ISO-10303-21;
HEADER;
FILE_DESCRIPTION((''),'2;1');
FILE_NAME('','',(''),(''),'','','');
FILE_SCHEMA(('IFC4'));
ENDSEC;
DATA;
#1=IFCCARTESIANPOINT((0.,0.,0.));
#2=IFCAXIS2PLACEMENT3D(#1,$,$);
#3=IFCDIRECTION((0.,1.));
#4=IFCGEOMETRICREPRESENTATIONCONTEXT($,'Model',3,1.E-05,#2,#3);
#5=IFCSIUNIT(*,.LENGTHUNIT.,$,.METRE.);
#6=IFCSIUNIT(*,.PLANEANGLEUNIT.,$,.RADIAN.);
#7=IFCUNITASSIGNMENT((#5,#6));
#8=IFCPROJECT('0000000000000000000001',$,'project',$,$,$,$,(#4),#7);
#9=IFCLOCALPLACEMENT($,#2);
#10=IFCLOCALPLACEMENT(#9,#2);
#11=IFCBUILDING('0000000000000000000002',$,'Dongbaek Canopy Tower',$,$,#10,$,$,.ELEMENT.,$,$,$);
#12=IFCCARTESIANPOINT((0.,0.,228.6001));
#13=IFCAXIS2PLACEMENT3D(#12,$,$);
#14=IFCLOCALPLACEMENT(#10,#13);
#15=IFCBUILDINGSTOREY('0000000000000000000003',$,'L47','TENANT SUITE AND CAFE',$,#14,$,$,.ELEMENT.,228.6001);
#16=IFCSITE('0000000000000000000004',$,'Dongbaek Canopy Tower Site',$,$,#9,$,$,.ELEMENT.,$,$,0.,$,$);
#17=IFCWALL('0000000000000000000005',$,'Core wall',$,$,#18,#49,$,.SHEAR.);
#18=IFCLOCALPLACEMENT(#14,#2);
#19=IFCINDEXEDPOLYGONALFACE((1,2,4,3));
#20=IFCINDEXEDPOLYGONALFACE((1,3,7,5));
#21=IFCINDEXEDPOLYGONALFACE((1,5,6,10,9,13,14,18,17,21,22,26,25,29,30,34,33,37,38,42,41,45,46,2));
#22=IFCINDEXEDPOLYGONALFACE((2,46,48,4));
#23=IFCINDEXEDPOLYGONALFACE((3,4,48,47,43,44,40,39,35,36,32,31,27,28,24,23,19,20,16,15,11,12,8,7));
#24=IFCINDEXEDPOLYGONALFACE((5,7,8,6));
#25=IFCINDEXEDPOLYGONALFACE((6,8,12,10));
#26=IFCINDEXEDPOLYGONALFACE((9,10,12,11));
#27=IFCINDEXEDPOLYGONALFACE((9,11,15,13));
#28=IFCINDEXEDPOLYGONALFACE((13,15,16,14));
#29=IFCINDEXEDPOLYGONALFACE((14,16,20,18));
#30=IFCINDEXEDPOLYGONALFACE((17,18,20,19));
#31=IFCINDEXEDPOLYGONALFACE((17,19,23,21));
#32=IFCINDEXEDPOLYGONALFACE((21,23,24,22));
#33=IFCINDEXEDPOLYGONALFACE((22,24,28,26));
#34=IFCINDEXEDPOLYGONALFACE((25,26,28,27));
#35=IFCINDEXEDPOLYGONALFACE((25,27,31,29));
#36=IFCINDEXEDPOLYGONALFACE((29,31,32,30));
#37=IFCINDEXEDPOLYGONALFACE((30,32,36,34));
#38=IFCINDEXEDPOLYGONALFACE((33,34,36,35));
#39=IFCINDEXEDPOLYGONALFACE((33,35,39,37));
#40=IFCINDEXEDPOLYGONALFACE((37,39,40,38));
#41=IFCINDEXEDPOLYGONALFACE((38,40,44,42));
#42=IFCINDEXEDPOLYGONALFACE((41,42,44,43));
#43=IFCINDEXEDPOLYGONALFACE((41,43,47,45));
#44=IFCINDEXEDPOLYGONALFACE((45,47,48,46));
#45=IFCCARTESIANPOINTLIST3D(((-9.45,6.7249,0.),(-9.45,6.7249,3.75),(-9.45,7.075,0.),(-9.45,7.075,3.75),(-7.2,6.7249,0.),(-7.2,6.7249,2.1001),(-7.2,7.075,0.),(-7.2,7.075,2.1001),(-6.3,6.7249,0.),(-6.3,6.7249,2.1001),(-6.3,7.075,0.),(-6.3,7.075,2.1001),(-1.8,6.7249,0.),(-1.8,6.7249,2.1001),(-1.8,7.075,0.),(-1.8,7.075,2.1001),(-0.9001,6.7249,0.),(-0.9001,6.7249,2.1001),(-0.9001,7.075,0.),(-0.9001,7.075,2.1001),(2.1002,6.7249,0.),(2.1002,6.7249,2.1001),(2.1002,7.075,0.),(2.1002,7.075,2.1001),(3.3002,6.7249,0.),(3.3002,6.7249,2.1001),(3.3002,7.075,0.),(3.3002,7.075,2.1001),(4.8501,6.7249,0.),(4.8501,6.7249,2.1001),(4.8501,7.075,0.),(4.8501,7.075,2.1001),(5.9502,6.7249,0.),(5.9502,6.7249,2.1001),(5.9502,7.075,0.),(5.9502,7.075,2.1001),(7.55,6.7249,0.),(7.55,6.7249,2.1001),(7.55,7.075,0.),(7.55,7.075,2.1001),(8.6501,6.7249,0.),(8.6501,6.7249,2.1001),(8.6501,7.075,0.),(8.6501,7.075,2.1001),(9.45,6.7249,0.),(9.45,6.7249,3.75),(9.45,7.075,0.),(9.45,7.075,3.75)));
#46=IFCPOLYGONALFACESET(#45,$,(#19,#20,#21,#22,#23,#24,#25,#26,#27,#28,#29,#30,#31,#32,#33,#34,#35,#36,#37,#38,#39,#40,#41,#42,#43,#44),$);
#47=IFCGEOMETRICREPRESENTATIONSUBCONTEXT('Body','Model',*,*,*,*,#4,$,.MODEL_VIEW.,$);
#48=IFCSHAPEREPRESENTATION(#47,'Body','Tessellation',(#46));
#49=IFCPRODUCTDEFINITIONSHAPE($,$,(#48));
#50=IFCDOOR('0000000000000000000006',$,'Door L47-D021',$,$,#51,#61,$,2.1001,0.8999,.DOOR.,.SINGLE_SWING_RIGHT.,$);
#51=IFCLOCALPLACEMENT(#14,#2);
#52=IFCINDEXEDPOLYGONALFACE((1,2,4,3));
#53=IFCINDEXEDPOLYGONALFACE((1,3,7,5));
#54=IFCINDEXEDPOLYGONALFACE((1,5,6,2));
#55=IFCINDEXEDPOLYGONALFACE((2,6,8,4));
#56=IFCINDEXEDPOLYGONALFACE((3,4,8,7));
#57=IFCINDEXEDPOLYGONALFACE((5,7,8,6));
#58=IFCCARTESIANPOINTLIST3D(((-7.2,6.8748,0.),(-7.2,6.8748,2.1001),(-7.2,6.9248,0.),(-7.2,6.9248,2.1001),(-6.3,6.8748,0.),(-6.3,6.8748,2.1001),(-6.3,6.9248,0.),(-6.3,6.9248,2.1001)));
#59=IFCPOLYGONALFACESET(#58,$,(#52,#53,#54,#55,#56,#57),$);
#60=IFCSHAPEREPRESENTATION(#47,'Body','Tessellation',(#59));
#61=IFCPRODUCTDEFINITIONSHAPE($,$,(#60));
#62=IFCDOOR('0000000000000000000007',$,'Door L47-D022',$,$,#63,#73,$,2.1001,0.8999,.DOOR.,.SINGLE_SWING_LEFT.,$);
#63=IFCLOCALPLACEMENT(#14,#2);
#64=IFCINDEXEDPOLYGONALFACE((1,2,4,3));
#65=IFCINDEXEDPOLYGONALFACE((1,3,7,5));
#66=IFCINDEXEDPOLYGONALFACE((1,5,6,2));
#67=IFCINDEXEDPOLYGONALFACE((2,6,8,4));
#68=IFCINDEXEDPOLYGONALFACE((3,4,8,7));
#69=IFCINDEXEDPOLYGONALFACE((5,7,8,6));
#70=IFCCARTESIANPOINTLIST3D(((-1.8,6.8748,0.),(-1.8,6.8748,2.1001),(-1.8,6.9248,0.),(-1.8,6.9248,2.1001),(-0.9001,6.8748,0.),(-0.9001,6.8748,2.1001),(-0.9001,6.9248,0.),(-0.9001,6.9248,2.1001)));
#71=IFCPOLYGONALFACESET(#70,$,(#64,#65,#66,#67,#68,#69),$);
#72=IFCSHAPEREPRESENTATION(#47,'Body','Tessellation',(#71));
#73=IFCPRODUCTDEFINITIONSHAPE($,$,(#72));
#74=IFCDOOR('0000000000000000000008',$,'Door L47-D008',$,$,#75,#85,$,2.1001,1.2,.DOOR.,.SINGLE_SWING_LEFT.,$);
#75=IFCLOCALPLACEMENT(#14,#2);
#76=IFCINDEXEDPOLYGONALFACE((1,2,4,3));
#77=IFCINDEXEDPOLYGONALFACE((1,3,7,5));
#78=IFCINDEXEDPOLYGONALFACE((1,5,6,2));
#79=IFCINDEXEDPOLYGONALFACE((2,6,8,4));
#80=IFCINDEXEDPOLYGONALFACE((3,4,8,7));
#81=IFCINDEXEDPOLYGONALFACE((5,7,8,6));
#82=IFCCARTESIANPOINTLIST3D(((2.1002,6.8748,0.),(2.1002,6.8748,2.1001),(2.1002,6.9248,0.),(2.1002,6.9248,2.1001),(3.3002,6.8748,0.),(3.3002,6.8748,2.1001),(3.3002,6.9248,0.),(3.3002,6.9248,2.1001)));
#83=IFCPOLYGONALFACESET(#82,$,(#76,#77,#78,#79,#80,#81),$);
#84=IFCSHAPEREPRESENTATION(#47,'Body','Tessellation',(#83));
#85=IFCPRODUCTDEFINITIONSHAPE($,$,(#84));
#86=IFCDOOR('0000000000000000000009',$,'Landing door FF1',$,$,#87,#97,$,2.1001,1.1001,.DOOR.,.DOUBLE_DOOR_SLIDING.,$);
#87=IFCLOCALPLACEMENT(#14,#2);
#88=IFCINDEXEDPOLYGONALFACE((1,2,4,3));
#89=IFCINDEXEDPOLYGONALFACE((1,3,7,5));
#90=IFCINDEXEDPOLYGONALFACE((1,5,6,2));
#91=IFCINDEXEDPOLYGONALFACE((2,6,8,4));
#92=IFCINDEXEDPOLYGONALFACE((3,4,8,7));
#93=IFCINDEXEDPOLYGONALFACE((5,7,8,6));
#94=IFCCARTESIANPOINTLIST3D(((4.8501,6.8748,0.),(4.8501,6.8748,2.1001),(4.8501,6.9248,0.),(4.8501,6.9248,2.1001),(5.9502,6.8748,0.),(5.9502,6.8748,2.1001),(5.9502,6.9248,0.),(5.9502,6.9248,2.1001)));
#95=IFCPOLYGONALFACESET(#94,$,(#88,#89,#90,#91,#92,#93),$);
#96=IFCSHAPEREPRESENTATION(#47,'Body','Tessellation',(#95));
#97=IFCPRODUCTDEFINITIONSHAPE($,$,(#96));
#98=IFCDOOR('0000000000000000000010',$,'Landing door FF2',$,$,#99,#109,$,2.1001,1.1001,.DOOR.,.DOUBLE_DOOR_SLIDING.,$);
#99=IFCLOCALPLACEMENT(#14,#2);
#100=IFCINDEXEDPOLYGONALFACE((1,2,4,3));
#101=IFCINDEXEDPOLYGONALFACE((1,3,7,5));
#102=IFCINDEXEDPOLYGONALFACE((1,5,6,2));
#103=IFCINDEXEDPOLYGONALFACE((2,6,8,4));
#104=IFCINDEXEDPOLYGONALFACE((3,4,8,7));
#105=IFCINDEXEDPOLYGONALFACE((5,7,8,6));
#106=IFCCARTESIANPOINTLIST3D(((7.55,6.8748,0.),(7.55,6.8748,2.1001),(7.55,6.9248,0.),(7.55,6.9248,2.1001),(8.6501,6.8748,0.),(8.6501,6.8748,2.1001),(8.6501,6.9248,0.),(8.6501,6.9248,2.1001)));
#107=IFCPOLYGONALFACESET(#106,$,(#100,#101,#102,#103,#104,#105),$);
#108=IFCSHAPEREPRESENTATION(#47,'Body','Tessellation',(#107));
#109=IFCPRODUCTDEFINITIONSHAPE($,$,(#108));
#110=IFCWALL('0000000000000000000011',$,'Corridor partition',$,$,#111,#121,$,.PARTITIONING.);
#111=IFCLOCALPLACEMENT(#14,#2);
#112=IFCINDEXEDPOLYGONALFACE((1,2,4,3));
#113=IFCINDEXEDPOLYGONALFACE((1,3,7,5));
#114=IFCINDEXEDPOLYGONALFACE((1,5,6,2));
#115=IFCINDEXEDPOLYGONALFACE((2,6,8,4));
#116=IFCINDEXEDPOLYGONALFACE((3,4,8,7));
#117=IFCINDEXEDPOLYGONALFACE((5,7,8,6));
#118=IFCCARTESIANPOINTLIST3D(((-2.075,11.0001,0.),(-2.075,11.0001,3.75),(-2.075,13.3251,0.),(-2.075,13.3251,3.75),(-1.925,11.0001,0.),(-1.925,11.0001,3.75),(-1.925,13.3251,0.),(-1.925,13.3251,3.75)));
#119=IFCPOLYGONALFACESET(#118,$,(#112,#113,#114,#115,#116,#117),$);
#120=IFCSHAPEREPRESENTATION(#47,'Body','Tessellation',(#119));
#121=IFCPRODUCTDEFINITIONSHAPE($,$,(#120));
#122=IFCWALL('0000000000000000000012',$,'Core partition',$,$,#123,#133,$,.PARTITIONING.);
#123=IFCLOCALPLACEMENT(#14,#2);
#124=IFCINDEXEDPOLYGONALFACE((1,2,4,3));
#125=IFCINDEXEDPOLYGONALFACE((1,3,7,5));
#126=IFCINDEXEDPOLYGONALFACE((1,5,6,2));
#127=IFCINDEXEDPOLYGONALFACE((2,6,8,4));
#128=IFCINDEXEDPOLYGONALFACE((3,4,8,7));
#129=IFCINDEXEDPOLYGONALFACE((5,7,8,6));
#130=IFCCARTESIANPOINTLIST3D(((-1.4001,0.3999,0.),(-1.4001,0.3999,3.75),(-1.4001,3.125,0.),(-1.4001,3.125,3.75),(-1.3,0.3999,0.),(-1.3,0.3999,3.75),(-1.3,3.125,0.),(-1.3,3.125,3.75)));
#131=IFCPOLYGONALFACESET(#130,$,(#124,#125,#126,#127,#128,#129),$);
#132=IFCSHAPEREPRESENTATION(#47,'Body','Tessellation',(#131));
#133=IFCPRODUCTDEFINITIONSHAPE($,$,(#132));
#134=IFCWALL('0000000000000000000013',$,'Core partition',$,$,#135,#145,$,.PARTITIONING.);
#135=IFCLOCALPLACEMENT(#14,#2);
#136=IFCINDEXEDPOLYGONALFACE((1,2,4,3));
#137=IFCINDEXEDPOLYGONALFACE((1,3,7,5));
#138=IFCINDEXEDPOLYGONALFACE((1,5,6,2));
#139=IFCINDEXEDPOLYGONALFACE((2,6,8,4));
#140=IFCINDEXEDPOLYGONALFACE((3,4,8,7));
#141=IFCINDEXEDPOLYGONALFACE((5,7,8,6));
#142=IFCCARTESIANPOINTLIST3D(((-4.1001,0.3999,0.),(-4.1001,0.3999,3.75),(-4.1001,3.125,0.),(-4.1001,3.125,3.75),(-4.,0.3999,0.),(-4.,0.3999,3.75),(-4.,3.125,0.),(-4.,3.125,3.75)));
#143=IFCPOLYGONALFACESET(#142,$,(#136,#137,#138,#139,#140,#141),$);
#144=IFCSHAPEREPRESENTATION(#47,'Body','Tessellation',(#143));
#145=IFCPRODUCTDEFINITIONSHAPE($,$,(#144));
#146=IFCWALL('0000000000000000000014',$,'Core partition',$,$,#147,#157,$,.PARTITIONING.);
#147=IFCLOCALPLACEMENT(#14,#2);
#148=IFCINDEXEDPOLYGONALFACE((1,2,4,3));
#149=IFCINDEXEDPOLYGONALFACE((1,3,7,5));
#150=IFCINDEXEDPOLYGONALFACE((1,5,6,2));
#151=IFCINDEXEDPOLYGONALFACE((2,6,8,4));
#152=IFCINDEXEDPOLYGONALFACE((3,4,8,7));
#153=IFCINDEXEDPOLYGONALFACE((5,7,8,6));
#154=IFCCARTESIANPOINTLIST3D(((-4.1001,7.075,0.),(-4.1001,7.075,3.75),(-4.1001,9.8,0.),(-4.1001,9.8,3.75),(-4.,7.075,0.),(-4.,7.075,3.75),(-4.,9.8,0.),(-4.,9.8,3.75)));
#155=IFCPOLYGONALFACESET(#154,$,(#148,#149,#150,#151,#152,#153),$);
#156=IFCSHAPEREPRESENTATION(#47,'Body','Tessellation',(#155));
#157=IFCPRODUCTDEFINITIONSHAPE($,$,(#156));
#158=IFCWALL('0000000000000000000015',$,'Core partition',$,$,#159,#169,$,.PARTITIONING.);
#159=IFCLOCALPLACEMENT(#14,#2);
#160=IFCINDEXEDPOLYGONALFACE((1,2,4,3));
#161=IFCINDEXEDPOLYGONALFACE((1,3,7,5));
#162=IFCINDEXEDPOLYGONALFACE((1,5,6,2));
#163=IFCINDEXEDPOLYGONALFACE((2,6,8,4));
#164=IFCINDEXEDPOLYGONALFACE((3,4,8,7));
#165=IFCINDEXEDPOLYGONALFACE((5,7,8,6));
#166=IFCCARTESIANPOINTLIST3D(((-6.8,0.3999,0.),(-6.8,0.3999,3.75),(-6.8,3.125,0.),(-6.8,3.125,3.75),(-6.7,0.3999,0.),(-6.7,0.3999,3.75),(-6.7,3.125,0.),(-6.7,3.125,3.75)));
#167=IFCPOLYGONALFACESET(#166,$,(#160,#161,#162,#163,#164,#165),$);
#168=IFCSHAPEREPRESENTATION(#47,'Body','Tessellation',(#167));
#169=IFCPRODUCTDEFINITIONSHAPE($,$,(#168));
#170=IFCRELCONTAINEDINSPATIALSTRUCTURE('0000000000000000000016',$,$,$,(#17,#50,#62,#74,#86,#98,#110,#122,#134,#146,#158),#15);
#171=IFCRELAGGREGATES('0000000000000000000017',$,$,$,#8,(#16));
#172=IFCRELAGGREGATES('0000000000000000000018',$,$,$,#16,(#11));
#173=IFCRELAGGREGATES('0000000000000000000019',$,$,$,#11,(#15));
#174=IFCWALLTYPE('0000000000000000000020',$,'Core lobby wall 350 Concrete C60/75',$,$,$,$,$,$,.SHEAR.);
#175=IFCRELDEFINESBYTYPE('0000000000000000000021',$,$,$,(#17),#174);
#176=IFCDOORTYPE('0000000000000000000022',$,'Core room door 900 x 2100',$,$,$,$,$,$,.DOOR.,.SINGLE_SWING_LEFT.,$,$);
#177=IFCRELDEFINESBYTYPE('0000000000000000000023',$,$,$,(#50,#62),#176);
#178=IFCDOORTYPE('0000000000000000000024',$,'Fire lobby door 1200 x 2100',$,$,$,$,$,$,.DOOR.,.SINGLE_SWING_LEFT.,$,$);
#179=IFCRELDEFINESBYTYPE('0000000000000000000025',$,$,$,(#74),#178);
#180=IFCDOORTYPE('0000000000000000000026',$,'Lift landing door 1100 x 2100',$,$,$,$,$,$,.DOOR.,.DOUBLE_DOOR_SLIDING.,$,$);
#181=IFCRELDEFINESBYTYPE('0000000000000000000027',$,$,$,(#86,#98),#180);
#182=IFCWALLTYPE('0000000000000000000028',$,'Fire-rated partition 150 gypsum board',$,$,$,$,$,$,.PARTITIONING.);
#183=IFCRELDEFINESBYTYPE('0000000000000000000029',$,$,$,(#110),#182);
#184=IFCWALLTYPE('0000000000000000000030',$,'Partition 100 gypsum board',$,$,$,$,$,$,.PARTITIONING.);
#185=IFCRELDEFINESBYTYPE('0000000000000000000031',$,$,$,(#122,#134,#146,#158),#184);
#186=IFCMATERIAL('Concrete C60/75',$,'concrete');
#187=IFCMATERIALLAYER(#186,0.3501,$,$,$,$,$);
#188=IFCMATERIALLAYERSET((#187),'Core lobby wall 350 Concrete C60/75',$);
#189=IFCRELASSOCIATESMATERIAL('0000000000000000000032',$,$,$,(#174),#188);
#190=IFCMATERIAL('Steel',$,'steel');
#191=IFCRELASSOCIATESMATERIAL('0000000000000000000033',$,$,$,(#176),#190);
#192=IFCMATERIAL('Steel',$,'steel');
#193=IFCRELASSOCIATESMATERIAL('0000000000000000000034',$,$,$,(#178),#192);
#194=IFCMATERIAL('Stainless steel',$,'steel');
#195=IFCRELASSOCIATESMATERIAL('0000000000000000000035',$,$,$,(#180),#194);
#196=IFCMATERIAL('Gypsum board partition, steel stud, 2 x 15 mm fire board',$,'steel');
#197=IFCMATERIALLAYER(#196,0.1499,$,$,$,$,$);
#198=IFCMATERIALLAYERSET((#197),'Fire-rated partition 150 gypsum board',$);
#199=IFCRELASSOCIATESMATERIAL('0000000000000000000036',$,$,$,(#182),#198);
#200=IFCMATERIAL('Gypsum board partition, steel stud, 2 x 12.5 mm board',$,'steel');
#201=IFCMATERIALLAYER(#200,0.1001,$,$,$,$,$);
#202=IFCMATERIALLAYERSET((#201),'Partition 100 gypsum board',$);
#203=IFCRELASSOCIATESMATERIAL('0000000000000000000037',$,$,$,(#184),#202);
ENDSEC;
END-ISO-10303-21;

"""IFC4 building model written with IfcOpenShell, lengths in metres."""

from ifc_helpers import new_model, si_unit, direction, frame, frame_2d, origin, place, context, subcontext, project, spatial, rectangle, extrude, material, layer, layer_set, type_object, element, fill, save


model = new_model("IFC4")

# Units and contexts
model_context = context("Model", 3, precision=1e-05, world=origin(), true_north=direction((0.0, 1.0)))
body_context = subcontext(model_context, "Body", "Model", "MODEL_VIEW")
ifc_project = project(units=[si_unit("LENGTHUNIT", "METRE"), si_unit("PLANEANGLEUNIT", "RADIAN")], contexts=[model_context])

# Site, building, storey
site_placement = place(None, origin())
site = spatial("IfcSite", under=ifc_project, at=site_placement, Name="Dongbaek Canopy Tower Site", CompositionType="ELEMENT", RefElevation=0.0)
building_placement = place(site_placement, origin())
building = spatial("IfcBuilding", under=site, at=building_placement, Name="Dongbaek Canopy Tower", CompositionType="ELEMENT")
storey_placement = place(building_placement, frame((0.0, 0.0, 228.6001)))
storey = spatial("IfcBuildingStorey", under=building, at=storey_placement, Name="L47", Description="TENANT SUITE AND CAFE", CompositionType="ELEMENT", Elevation=228.6001)

# Wall, openings, doors
ifc_material_1 = material(Name="Concrete C60/75", Category="concrete")
ifc_layer_1 = layer(ifc_material_1, 0.3501)
ifc_layer_set_1 = layer_set([ifc_layer_1], Name="Core lobby wall 350 Concrete C60/75")
wall_type_1 = type_object("IfcWallType", Name="Core lobby wall 350 Concrete C60/75", PredefinedType="SHEAR", material=ifc_layer_set_1)
wall_1_placement = place(storey_placement, frame((-9.45, 6.8999, 0.0), z_axis=(0.0, 0.0, 1.0), x_axis=(1.0, 0.0, 0.0)))
wall_1 = element("IfcWall", 1, at=wall_1_placement, inside=storey, type_object=wall_type_1, Name="Core wall", PredefinedType="SHEAR", context=body_context, shape_type="SweptSolid", body=[
    extrude(rectangle(XDim=18.8999, YDim=0.3501, at=frame_2d((9.45, 0.0))), origin(), (0.0, 0.0, 1.0), 3.75),
])
opening_1_placement = place(wall_1_placement, frame((11.55, 0.0, 0.0)))
opening_1 = element("IfcOpeningElement", 2, at=opening_1_placement, cuts=wall_1, PredefinedType="OPENING", context=body_context, shape_type="SweptSolid", body=[
    extrude(rectangle(XDim=1.2, YDim=2.1001, at=frame_2d((0.6001, 1.05))), frame((0.0, 0.1851, 0.0), z_axis=(0.0, -1.0, 0.0), x_axis=(1.0, 0.0, 0.0)), (0.0, 0.0, 1.0), 0.3701),
])
opening_2_placement = place(wall_1_placement, frame((14.3, 0.0, 0.0)))
opening_2 = element("IfcOpeningElement", 3, at=opening_2_placement, cuts=wall_1, PredefinedType="OPENING", context=body_context, shape_type="SweptSolid", body=[
    extrude(rectangle(XDim=1.1001, YDim=2.1001, at=frame_2d((0.55, 1.05))), frame((0.0, 0.1851, 0.0), z_axis=(0.0, -1.0, 0.0), x_axis=(1.0, 0.0, 0.0)), (0.0, 0.0, 1.0), 0.3701),
])
opening_3_placement = place(wall_1_placement, frame((17.0, 0.0, 0.0)))
opening_3 = element("IfcOpeningElement", 4, at=opening_3_placement, cuts=wall_1, PredefinedType="OPENING", context=body_context, shape_type="SweptSolid", body=[
    extrude(rectangle(XDim=1.1001, YDim=2.1001, at=frame_2d((0.55, 1.05))), frame((0.0, 0.1851, 0.0), z_axis=(0.0, -1.0, 0.0), x_axis=(1.0, 0.0, 0.0)), (0.0, 0.0, 1.0), 0.3701),
])
opening_4_placement = place(wall_1_placement, frame((2.25, 0.0, 0.0)))
opening_4 = element("IfcOpeningElement", 5, at=opening_4_placement, cuts=wall_1, PredefinedType="OPENING", context=body_context, shape_type="SweptSolid", body=[
    extrude(rectangle(XDim=0.8999, YDim=2.1001, at=frame_2d((0.45, 1.05))), frame((0.0, 0.1851, 0.0), z_axis=(0.0, -1.0, 0.0), x_axis=(1.0, 0.0, 0.0)), (0.0, 0.0, 1.0), 0.3701),
])
opening_5_placement = place(wall_1_placement, frame((7.6499, 0.0, 0.0)))
opening_5 = element("IfcOpeningElement", 6, at=opening_5_placement, cuts=wall_1, PredefinedType="OPENING", context=body_context, shape_type="SweptSolid", body=[
    extrude(rectangle(XDim=0.8999, YDim=2.1001, at=frame_2d((0.45, 1.05))), frame((0.0, 0.1851, 0.0), z_axis=(0.0, -1.0, 0.0), x_axis=(1.0, 0.0, 0.0)), (0.0, 0.0, 1.0), 0.3701),
])
ifc_material_2 = material(Name="Steel", Category="steel")
door_type_1 = type_object("IfcDoorType", Name="Core room door 900 x 2100", OperationType="SINGLE_SWING_LEFT", PredefinedType="DOOR", material=ifc_material_2)
door_1_placement = place(opening_4_placement, origin())
door_1 = element("IfcDoor", 7, at=door_1_placement, inside=storey, type_object=door_type_1, Name="Door L47-D021", OperationType="SINGLE_SWING_RIGHT", OverallHeight=2.1001, OverallWidth=0.8999, PredefinedType="DOOR", context=body_context, shape_type="SweptSolid", body=[
    extrude(rectangle(XDim=0.8999, YDim=2.1001, at=frame_2d((0.45, 1.05))), frame((0.0, 0.0249, 0.0), z_axis=(0.0, -1.0, 0.0), x_axis=(1.0, 0.0, 0.0)), (0.0, 0.0, 1.0), 0.05),
])
fill(opening_4, door_1)
door_2_placement = place(opening_5_placement, origin())
door_2 = element("IfcDoor", 8, at=door_2_placement, inside=storey, type_object=door_type_1, Name="Door L47-D022", OperationType="SINGLE_SWING_LEFT", OverallHeight=2.1001, OverallWidth=0.8999, PredefinedType="DOOR", context=body_context, shape_type="SweptSolid", body=[
    extrude(rectangle(XDim=0.8999, YDim=2.1001, at=frame_2d((0.45, 1.05))), frame((0.0, 0.0249, 0.0), z_axis=(0.0, -1.0, 0.0), x_axis=(1.0, 0.0, 0.0)), (0.0, 0.0, 1.0), 0.05),
])
fill(opening_5, door_2)
ifc_material_3 = material(Name="Steel", Category="steel")
door_type_2 = type_object("IfcDoorType", Name="Fire lobby door 1200 x 2100", OperationType="SINGLE_SWING_LEFT", PredefinedType="DOOR", material=ifc_material_3)
door_3_placement = place(opening_1_placement, origin())
door_3 = element("IfcDoor", 9, at=door_3_placement, inside=storey, type_object=door_type_2, Name="Door L47-D008", OperationType="SINGLE_SWING_LEFT", OverallHeight=2.1001, OverallWidth=1.2, PredefinedType="DOOR", context=body_context, shape_type="SweptSolid", body=[
    extrude(rectangle(XDim=1.2, YDim=2.1001, at=frame_2d((0.6001, 1.05))), frame((0.0, 0.0249, 0.0), z_axis=(0.0, -1.0, 0.0), x_axis=(1.0, 0.0, 0.0)), (0.0, 0.0, 1.0), 0.05),
])
fill(opening_1, door_3)
ifc_material_4 = material(Name="Stainless steel", Category="steel")
door_type_3 = type_object("IfcDoorType", Name="Lift landing door 1100 x 2100", OperationType="DOUBLE_DOOR_SLIDING", PredefinedType="DOOR", material=ifc_material_4)
door_4_placement = place(opening_2_placement, origin())
door_4 = element("IfcDoor", 10, at=door_4_placement, inside=storey, type_object=door_type_3, Name="Landing door FF1", OperationType="DOUBLE_DOOR_SLIDING", OverallHeight=2.1001, OverallWidth=1.1001, PredefinedType="DOOR", context=body_context, shape_type="SweptSolid", body=[
    extrude(rectangle(XDim=1.1001, YDim=2.1001, at=frame_2d((0.55, 1.05))), frame((0.0, 0.0249, 0.0), z_axis=(0.0, -1.0, 0.0), x_axis=(1.0, 0.0, 0.0)), (0.0, 0.0, 1.0), 0.05),
])
fill(opening_2, door_4)
door_5_placement = place(opening_3_placement, origin())
door_5 = element("IfcDoor", 11, at=door_5_placement, inside=storey, type_object=door_type_3, Name="Landing door FF2", OperationType="DOUBLE_DOOR_SLIDING", OverallHeight=2.1001, OverallWidth=1.1001, PredefinedType="DOOR", context=body_context, shape_type="SweptSolid", body=[
    extrude(rectangle(XDim=1.1001, YDim=2.1001, at=frame_2d((0.55, 1.05))), frame((0.0, 0.0249, 0.0), z_axis=(0.0, -1.0, 0.0), x_axis=(1.0, 0.0, 0.0)), (0.0, 0.0, 1.0), 0.05),
])
fill(opening_3, door_5)

# Walls
ifc_material_5 = material(Name="Gypsum board partition, steel stud, 2 x 15 mm fire board", Category="steel")
ifc_layer_2 = layer(ifc_material_5, 0.1499)
ifc_layer_set_2 = layer_set([ifc_layer_2], Name="Fire-rated partition 150 gypsum board")
wall_type_2 = type_object("IfcWallType", Name="Fire-rated partition 150 gypsum board", PredefinedType="PARTITIONING", material=ifc_layer_set_2)
wall_2_placement = place(storey_placement, frame((-2.0, 11.0, 0.0), z_axis=(0.0, 0.0, 1.0), x_axis=(0.0, 1.0, 0.0)))
element("IfcWall", 12, at=wall_2_placement, inside=storey, type_object=wall_type_2, Name="Corridor partition", PredefinedType="PARTITIONING", context=body_context, shape_type="SweptSolid", body=[
    extrude(rectangle(XDim=2.325, YDim=0.1499, at=frame_2d((1.1626, 0.0))), origin(), (0.0, 0.0, 1.0), 3.75),
])
ifc_material_6 = material(Name="Gypsum board partition, steel stud, 2 x 12.5 mm board", Category="steel")
ifc_layer_3 = layer(ifc_material_6, 0.1001)
ifc_layer_set_3 = layer_set([ifc_layer_3], Name="Partition 100 gypsum board")
wall_type_3 = type_object("IfcWallType", Name="Partition 100 gypsum board", PredefinedType="PARTITIONING", material=ifc_layer_set_3)
for number, where, z_axis, x_axis, name in (
    (13, (-1.3501, 0.3999, 0.0), (0.0, 0.0, 1.0), (0.0, 1.0, 0.0), "Core partition"),
    (14, (-4.05, 0.3999, 0.0), (0.0, 0.0, 1.0), (0.0, 1.0, 0.0), "Core partition"),
    (15, (-4.05, 7.075, 0.0), (0.0, 0.0, 1.0), (0.0, 1.0, 0.0), "Core partition"),
    (16, (-6.75, 0.3999, 0.0), (0.0, 0.0, 1.0), (0.0, 1.0, 0.0), "Core partition"),
):
    element("IfcWall", number, at=place(storey_placement, frame(where, z_axis=z_axis, x_axis=x_axis)), inside=storey, type_object=wall_type_3, Name=name, PredefinedType="PARTITIONING", context=body_context, shape_type="SweptSolid", body=[
        extrude(rectangle(XDim=2.7251, YDim=0.1001, at=frame_2d((1.3625, 0.0))), origin(), (0.0, 0.0, 1.0), 3.75),
    ])

save(model, "model.ifc")
